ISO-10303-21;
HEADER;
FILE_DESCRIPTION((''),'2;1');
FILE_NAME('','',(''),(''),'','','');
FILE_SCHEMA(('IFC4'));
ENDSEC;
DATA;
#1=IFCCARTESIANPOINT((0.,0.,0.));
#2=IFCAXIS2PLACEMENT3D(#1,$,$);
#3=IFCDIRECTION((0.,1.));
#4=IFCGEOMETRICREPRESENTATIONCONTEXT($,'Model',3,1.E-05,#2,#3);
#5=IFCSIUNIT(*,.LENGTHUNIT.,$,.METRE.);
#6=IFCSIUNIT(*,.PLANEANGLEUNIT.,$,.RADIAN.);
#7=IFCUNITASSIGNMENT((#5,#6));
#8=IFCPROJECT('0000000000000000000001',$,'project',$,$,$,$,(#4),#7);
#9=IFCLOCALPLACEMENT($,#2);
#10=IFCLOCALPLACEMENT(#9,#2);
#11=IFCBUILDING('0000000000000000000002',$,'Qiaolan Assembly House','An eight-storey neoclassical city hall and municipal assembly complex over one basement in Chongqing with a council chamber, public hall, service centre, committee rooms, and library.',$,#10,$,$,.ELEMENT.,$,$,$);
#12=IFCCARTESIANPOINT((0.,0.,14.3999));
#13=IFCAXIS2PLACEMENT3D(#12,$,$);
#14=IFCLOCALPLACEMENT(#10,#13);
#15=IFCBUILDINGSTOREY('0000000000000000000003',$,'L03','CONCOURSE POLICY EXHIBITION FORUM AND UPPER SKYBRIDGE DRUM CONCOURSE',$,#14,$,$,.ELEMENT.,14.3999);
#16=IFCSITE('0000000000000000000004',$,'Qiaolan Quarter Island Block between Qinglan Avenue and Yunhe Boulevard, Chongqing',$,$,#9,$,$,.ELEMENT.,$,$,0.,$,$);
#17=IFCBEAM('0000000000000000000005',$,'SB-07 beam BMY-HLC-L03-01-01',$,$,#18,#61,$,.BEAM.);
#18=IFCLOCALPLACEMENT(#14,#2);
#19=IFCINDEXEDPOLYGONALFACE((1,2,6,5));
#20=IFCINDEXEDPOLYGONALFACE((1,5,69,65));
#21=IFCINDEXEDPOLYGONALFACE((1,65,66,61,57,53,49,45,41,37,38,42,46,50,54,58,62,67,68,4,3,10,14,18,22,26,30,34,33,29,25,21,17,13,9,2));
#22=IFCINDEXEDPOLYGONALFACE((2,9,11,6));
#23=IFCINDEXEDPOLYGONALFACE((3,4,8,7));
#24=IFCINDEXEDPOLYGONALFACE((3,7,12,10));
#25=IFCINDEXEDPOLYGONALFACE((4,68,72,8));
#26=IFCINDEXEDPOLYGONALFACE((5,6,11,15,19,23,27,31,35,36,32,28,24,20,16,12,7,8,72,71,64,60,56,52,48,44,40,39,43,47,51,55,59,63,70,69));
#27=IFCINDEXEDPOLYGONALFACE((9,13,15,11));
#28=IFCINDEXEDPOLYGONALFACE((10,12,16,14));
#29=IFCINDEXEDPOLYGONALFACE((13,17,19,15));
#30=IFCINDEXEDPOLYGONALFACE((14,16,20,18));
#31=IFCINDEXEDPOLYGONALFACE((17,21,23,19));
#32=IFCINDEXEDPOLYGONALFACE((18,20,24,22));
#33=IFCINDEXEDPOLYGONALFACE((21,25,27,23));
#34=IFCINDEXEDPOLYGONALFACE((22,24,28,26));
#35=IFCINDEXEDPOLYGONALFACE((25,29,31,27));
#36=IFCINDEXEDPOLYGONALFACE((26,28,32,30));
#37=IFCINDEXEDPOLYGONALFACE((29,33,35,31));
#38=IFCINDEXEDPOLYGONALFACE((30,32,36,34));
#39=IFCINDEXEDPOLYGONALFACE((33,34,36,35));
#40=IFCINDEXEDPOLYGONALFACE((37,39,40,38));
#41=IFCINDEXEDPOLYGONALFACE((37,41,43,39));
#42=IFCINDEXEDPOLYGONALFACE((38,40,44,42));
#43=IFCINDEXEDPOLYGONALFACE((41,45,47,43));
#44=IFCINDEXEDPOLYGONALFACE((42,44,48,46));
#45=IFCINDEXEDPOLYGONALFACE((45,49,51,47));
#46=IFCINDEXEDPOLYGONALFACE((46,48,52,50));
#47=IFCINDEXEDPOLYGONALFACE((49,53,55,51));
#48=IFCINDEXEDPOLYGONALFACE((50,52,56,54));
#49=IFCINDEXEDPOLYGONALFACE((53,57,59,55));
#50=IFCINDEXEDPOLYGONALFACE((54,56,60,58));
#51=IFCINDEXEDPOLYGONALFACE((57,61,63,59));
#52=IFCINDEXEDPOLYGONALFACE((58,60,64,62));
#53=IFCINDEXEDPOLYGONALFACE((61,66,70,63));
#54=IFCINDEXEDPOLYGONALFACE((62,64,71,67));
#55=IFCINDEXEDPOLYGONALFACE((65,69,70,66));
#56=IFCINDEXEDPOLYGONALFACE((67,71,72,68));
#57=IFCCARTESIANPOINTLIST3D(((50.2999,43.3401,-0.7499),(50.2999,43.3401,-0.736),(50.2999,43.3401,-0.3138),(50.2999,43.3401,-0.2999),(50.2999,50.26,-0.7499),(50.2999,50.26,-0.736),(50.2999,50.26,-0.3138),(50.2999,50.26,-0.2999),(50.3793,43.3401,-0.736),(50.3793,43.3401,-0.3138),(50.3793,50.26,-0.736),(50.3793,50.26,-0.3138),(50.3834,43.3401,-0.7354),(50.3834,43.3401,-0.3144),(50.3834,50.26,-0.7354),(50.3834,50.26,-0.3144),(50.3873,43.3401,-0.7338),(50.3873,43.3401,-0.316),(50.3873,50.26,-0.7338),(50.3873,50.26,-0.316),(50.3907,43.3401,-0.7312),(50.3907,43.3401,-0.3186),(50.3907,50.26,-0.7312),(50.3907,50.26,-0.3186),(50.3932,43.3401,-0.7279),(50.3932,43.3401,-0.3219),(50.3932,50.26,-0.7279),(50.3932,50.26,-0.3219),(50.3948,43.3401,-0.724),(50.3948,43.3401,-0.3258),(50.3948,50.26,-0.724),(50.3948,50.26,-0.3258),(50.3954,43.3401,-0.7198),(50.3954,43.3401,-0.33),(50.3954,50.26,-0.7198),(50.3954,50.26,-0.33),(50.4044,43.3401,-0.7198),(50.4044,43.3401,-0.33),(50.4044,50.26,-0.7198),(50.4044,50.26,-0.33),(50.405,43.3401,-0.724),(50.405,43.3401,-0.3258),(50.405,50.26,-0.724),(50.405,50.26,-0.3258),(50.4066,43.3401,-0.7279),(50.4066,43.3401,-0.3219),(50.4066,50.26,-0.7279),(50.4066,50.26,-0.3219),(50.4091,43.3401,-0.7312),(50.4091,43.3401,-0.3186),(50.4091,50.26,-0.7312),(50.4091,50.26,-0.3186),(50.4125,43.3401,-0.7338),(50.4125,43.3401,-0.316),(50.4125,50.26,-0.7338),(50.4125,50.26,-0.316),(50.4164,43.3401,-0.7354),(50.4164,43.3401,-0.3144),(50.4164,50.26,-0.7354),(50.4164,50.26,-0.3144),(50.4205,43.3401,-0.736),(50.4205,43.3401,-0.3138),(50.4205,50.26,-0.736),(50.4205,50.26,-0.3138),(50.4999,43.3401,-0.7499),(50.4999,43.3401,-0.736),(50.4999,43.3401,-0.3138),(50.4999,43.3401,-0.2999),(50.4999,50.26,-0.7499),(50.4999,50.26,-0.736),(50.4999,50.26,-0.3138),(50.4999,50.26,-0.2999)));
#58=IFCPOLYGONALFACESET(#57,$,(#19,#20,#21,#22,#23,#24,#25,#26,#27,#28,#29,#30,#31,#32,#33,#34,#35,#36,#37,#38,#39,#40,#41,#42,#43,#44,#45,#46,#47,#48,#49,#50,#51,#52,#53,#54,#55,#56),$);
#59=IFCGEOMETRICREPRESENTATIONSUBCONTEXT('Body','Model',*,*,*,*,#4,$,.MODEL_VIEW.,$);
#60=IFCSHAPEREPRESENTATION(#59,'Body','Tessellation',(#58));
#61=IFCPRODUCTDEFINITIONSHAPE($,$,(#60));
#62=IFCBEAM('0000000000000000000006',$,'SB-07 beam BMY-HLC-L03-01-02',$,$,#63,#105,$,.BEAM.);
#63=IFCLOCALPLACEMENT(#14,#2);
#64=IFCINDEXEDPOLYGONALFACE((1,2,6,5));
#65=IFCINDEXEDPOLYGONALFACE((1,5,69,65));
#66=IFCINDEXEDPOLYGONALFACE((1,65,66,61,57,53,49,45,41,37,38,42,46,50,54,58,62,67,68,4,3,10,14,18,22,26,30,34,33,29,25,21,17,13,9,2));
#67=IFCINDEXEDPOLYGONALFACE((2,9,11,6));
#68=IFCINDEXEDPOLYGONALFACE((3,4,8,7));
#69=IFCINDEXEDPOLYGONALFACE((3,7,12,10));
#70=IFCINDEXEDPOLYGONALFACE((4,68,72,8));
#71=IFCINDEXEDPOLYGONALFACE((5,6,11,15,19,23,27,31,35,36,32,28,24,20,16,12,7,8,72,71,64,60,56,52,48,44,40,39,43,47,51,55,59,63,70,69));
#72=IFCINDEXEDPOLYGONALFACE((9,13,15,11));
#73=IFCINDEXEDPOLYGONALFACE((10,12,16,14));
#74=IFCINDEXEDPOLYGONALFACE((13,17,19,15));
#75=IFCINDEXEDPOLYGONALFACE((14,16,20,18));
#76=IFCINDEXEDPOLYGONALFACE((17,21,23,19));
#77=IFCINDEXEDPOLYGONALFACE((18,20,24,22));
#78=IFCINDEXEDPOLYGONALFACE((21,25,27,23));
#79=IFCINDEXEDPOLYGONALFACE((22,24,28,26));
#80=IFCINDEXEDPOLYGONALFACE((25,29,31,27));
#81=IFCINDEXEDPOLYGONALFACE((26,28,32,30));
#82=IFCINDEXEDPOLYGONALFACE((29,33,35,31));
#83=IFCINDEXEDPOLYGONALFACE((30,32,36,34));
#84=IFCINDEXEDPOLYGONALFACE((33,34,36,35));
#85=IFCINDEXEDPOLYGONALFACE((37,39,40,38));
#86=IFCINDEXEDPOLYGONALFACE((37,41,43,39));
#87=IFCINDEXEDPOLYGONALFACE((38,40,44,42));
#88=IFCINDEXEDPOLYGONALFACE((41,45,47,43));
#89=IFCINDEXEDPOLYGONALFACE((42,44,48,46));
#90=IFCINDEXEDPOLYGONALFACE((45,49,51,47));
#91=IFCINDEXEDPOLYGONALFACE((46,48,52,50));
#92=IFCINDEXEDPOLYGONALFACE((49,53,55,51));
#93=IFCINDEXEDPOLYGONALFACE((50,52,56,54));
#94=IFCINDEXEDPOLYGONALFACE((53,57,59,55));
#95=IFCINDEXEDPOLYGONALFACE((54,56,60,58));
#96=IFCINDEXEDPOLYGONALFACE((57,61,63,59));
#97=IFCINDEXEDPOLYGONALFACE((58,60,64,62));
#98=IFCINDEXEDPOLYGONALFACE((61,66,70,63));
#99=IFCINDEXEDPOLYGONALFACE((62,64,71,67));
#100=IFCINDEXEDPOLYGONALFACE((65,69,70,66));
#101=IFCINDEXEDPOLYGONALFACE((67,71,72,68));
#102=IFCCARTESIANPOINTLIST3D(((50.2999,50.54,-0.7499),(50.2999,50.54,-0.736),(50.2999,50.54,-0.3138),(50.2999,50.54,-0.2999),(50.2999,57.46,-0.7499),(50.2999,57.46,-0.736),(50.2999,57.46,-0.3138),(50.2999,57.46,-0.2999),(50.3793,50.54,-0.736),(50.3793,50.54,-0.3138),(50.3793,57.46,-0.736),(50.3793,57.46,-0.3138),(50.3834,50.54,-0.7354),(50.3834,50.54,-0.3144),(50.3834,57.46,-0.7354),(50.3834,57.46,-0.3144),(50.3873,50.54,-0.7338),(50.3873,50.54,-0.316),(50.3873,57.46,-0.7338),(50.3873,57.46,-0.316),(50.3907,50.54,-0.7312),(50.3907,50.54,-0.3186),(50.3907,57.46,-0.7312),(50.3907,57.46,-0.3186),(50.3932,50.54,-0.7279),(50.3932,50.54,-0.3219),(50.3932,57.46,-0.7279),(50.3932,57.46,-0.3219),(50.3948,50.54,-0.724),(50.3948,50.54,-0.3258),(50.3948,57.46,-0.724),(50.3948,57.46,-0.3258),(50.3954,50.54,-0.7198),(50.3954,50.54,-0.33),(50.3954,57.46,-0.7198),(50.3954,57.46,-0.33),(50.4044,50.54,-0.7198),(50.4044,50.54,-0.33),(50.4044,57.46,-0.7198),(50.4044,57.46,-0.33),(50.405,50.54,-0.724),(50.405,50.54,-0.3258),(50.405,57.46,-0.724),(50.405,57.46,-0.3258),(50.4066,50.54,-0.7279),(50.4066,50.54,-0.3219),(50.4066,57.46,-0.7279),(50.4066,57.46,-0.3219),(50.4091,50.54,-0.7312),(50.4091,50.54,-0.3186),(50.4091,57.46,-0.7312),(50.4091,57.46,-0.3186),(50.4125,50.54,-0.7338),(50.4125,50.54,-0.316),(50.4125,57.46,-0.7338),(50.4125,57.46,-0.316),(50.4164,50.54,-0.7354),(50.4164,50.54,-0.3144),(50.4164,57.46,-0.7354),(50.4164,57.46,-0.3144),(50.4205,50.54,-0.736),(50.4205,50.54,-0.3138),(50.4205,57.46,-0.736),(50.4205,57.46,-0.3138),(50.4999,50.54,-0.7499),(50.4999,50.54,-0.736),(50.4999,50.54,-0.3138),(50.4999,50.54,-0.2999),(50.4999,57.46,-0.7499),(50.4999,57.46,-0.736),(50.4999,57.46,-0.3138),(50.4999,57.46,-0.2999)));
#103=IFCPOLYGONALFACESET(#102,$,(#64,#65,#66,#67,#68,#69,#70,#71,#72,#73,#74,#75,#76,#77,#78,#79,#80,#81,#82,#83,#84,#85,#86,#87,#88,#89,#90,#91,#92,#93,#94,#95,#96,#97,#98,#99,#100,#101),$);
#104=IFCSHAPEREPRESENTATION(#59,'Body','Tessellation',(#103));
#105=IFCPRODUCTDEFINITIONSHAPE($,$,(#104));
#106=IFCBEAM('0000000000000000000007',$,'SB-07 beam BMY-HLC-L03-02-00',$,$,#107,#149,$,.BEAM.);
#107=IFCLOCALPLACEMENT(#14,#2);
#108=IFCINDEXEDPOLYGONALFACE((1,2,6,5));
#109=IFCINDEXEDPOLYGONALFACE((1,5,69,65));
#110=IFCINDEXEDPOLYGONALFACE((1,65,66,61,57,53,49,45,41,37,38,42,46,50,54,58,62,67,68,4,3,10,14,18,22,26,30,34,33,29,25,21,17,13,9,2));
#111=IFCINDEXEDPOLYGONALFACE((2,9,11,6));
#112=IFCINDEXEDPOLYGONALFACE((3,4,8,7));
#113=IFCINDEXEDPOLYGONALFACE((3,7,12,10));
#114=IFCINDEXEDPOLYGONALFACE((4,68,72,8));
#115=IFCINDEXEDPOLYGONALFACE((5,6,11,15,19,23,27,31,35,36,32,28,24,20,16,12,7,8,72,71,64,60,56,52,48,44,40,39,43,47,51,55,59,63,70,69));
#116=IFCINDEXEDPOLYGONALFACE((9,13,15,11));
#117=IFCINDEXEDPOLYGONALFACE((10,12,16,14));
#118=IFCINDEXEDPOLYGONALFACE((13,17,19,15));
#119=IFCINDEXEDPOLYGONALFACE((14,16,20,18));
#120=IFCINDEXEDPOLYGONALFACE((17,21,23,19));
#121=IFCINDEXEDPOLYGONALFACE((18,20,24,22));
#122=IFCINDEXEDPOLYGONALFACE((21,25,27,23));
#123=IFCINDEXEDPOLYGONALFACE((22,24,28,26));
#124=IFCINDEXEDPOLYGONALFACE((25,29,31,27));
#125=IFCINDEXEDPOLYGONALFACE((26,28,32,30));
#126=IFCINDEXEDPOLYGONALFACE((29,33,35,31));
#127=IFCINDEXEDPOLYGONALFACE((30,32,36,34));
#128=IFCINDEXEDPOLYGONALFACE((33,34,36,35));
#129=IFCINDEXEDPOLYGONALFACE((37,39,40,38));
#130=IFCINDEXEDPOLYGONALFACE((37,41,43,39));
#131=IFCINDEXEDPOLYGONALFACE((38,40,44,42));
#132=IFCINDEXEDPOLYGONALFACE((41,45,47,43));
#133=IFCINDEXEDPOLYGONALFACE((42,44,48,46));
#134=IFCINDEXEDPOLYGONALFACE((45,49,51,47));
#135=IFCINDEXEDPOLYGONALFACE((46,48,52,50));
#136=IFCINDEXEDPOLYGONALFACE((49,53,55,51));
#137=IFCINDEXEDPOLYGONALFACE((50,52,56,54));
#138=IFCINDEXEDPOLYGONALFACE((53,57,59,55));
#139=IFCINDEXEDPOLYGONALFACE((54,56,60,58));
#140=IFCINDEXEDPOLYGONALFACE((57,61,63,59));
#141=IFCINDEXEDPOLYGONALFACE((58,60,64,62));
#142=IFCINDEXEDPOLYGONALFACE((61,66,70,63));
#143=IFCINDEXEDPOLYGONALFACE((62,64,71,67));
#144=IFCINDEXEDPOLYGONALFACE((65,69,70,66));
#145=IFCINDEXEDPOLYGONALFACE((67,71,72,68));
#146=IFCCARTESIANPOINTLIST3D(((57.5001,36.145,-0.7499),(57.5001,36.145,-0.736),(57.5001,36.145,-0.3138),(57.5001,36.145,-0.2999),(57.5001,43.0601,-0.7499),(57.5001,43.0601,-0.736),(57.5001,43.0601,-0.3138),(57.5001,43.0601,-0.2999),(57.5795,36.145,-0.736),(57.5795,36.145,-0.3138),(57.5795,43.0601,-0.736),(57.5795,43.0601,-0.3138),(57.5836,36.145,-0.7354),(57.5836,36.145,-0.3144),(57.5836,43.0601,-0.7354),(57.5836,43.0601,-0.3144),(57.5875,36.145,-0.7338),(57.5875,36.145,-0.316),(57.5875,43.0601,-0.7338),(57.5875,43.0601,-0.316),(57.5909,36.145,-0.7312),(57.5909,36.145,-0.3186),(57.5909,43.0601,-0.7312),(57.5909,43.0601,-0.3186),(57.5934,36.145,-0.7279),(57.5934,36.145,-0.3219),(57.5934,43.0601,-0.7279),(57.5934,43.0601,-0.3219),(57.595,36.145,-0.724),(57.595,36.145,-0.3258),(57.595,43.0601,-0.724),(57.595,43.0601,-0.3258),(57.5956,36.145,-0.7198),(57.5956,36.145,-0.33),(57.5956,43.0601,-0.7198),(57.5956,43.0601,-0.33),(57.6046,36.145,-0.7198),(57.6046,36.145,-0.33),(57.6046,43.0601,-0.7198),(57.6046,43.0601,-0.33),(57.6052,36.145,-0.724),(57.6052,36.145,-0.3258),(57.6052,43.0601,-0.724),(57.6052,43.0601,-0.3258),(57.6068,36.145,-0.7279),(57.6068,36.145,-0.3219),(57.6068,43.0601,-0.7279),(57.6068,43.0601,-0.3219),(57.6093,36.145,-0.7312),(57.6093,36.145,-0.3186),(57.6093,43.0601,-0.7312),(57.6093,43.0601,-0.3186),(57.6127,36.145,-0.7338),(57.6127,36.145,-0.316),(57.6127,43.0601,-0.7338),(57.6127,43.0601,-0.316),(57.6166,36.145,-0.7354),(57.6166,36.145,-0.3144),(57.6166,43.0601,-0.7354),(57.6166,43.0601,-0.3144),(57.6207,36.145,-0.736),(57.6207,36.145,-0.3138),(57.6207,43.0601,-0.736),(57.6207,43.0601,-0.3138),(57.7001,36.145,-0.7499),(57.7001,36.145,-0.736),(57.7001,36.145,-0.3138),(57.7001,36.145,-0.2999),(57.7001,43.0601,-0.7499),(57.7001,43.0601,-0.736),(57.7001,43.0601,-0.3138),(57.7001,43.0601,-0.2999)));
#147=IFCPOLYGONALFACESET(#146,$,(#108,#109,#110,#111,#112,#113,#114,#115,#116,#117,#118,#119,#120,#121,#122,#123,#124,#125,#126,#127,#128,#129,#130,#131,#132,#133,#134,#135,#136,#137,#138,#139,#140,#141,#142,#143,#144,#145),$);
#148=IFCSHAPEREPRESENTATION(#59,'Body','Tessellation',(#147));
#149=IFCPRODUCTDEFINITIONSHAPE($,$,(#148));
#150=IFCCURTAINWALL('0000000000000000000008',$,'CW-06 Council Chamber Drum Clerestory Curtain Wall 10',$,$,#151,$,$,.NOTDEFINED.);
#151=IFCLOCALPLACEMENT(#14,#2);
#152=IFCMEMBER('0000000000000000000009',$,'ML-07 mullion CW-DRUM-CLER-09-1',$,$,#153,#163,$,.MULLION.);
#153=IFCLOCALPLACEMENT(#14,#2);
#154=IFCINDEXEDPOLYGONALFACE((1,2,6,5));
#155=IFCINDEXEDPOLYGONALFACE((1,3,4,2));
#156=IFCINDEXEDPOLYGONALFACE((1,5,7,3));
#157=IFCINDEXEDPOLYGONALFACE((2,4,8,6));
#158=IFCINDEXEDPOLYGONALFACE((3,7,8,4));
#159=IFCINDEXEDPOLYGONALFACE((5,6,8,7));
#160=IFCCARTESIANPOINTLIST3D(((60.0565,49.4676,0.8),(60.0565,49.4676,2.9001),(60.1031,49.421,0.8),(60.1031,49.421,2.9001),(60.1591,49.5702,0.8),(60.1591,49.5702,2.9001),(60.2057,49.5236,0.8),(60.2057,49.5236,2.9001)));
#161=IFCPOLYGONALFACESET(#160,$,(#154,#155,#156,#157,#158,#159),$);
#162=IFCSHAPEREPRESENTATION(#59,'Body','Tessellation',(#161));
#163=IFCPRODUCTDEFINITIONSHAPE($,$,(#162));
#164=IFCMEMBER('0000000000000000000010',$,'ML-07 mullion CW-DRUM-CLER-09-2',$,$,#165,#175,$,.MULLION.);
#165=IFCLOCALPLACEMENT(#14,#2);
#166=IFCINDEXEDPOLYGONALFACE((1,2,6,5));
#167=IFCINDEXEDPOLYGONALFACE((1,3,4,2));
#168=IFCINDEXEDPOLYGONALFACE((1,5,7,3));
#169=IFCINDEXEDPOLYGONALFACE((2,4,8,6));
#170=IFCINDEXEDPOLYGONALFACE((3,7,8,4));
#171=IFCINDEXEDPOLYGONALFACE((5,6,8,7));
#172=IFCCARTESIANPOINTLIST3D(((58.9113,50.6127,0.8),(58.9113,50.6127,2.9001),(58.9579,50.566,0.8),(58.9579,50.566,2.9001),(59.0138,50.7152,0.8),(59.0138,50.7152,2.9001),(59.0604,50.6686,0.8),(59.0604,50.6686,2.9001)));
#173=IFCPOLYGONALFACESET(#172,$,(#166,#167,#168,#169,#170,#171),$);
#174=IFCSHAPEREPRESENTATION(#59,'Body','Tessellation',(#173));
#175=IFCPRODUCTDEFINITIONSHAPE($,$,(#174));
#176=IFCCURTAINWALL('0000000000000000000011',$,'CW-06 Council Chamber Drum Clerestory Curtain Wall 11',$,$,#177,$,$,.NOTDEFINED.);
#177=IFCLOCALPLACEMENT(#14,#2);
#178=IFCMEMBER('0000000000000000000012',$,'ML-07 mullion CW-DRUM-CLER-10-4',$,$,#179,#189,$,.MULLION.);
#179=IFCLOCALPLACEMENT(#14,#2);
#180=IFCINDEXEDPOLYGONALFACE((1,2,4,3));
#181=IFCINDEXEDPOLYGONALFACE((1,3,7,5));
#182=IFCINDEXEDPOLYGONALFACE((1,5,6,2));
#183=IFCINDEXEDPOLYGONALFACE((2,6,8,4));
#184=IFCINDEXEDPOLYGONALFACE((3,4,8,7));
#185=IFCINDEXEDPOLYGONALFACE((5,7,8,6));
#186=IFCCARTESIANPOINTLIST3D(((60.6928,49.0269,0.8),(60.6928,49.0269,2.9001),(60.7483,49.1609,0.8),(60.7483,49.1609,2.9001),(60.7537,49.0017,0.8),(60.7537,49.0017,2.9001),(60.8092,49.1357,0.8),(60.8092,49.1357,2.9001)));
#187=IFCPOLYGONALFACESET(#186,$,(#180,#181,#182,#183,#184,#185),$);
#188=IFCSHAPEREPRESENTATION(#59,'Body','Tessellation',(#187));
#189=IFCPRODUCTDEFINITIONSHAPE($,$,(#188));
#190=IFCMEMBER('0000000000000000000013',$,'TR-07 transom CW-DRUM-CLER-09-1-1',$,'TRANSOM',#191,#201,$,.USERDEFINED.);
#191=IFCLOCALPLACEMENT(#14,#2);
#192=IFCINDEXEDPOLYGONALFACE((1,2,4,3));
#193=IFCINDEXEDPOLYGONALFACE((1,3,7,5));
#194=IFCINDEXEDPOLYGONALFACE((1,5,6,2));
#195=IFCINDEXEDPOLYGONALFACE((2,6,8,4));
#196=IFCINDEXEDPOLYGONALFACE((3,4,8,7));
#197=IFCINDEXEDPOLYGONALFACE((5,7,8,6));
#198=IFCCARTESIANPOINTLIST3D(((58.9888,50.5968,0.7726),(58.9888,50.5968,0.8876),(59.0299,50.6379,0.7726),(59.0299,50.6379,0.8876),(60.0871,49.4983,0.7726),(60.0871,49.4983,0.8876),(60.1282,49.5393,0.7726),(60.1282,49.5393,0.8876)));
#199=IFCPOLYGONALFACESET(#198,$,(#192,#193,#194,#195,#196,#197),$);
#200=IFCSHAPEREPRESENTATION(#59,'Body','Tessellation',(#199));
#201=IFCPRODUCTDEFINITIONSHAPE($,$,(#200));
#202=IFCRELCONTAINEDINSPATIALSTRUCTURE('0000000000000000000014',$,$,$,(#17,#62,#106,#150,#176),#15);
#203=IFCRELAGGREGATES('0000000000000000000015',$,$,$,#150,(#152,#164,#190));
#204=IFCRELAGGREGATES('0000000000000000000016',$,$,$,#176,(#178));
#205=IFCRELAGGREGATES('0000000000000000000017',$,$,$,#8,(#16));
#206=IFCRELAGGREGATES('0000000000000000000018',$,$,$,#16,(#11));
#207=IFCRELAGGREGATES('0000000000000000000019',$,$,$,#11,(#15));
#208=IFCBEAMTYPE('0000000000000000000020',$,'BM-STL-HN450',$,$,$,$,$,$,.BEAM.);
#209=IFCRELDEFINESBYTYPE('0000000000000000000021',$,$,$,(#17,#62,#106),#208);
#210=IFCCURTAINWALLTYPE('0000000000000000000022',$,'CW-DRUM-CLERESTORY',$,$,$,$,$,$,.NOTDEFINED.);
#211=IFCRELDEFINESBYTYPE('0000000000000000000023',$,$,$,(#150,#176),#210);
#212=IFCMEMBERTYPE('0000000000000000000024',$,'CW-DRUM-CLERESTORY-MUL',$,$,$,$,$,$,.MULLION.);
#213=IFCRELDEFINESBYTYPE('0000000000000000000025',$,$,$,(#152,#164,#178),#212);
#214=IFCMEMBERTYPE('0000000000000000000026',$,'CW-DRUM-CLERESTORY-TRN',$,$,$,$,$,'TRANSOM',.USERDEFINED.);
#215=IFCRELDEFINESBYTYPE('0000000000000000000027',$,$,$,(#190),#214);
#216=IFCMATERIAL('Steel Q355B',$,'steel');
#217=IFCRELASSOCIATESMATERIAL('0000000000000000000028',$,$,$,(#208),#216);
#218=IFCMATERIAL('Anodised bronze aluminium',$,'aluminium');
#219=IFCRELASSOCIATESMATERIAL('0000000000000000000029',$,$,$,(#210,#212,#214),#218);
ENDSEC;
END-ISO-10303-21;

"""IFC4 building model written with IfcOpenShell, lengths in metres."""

from ifc_helpers import new_model, si_unit, direction, frame, origin, origin_2d, place, context, subcontext, project, spatial, rectangle, i_section, extrude, material, material_profile, profile_set, type_object, element, aggregate, save


model = new_model("IFC4")

# Units and contexts
model_context = context("Model", 3, precision=1e-05, world=origin(), true_north=direction((0.0, 1.0)))
body_context = subcontext(model_context, "Body", "Model", "MODEL_VIEW")
ifc_project = project(units=[si_unit("LENGTHUNIT", "METRE"), si_unit("PLANEANGLEUNIT", "RADIAN")], contexts=[model_context])

# Site, building, storey
site_placement = place(None, origin())
site = spatial("IfcSite", under=ifc_project, at=site_placement, Name="Qiaolan Quarter Island Block between Qinglan Avenue and Yunhe Boulevard, Chongqing", CompositionType="ELEMENT", RefElevation=0.0)
building_placement = place(site_placement, origin())
building = spatial("IfcBuilding", under=site, at=building_placement, Name="Qiaolan Assembly House", Description="An eight-storey neoclassical city hall and municipal assembly complex over one basement in Chongqing with a council chamber, public hall, service centre, committee rooms, and library.", CompositionType="ELEMENT")
storey_placement = place(building_placement, frame((0.0, 0.0, 14.3999)))
storey = spatial("IfcBuildingStorey", under=building, at=storey_placement, Name="L03", Description="CONCOURSE POLICY EXHIBITION FORUM AND UPPER SKYBRIDGE DRUM CONCOURSE", CompositionType="ELEMENT", Elevation=14.3999)

# Shared definitions
ifc_material_1 = material(Name="Steel Q355B", Category="steel")

# Beams
ifc_material_profile_1 = material_profile(ifc_material_1, i_section(OverallWidth=0.2, OverallDepth=0.45, WebThickness=0.009, FlangeThickness=0.0139, FilletRadius=0.0161, at=origin_2d()), Name="HN 450x200x9x14")
ifc_profile_set_1 = profile_set([ifc_material_profile_1], Name="Steel Q355B")
beam_type_1 = type_object("IfcBeamType", Name="BM-STL-HN450", PredefinedType="BEAM", material=ifc_profile_set_1)
for number, where, z_axis, x_axis, name in (
    (1, (50.3999, 43.3401, -0.5249), (0.0, 1.0, 0.0), (-1.0, 0.0, 0.0), "SB-07 beam BMY-HLC-L03-01-01"),
    (2, (50.3999, 50.54, -0.5249), (0.0, 1.0, 0.0), (-1.0, 0.0, 0.0), "SB-07 beam BMY-HLC-L03-01-02"),
):
    element("IfcBeam", number, at=place(storey_placement, frame(where, z_axis=z_axis, x_axis=x_axis)), inside=storey, type_object=beam_type_1, Name=name, PredefinedType="BEAM", context=body_context, shape_type="SweptSolid", body=[
        extrude(i_section(OverallWidth=0.2, OverallDepth=0.45, WebThickness=0.009, FlangeThickness=0.0139, FilletRadius=0.0161, at=origin_2d()), origin(), (0.0, 0.0, 1.0), 6.9199),
    ])
beam_1_placement = place(storey_placement, frame((57.6001, 36.145, -0.5249), z_axis=(0.0, 1.0, 0.0), x_axis=(-1.0, 0.0, 0.0)))
element("IfcBeam", 3, at=beam_1_placement, inside=storey, type_object=beam_type_1, Name="SB-07 beam BMY-HLC-L03-02-00", PredefinedType="BEAM", context=body_context, shape_type="SweptSolid", body=[
    extrude(i_section(OverallWidth=0.2, OverallDepth=0.45, WebThickness=0.009, FlangeThickness=0.0139, FilletRadius=0.0161, at=origin_2d()), origin(), (0.0, 0.0, 1.0), 6.915),
])

# Curtain wall, members
ifc_material_2 = material(Name="Anodised bronze aluminium", Category="aluminium")
curtain_wall_type_1 = type_object("IfcCurtainWallType", Name="CW-DRUM-CLERESTORY", PredefinedType="NOTDEFINED", material=ifc_material_2)
curtain_wall_1_placement = place(storey_placement, origin())
curtain_wall_1 = element("IfcCurtainWall", 4, at=curtain_wall_1_placement, inside=storey, type_object=curtain_wall_type_1, Name="CW-06 Council Chamber Drum Clerestory Curtain Wall 10", PredefinedType="NOTDEFINED")
ifc_material_profile_2 = material_profile(ifc_material_2, rectangle(XDim=0.0659, YDim=0.145, at=origin_2d()), Name="MUL 66x145")
ifc_profile_set_2 = profile_set([ifc_material_profile_2], Name="Anodised bronze aluminium")
member_type_1 = type_object("IfcMemberType", Name="CW-DRUM-CLERESTORY-MUL", PredefinedType="MULLION", material=ifc_profile_set_2)
member_1_placement = place(storey_placement, frame((60.1311, 49.4956, 0.8), z_axis=(0.0, 0.0, 1.0), x_axis=(-0.707107, 0.707107, 0.0)))
member_1 = element("IfcMember", 5, at=member_1_placement, type_object=member_type_1, Name="ML-07 mullion CW-DRUM-CLER-09-1", PredefinedType="MULLION", context=body_context, shape_type="SweptSolid", body=[
    extrude(rectangle(XDim=0.0659, YDim=0.145, at=origin_2d()), origin(), (0.0, 0.0, 1.0), 2.1001),
])
member_2_placement = place(storey_placement, frame((58.9858, 50.6406, 0.8), z_axis=(0.0, 0.0, 1.0), x_axis=(-0.707107, 0.707107, 0.0)))
member_2 = element("IfcMember", 6, at=member_2_placement, type_object=member_type_1, Name="ML-07 mullion CW-DRUM-CLER-09-2", PredefinedType="MULLION", context=body_context, shape_type="SweptSolid", body=[
    extrude(rectangle(XDim=0.0659, YDim=0.145, at=origin_2d()), origin(), (0.0, 0.0, 1.0), 2.1001),
])

# Curtain wall, member
curtain_wall_2_placement = place(storey_placement, origin())
curtain_wall_2 = element("IfcCurtainWall", 7, at=curtain_wall_2_placement, inside=storey, type_object=curtain_wall_type_1, Name="CW-06 Council Chamber Drum Clerestory Curtain Wall 11", PredefinedType="NOTDEFINED")
member_3_placement = place(storey_placement, frame((60.751, 49.0813, 0.8), z_axis=(0.0, 0.0, 1.0), x_axis=(-0.92388, 0.382683, 0.0)))
member_3 = element("IfcMember", 8, at=member_3_placement, type_object=member_type_1, Name="ML-07 mullion CW-DRUM-CLER-10-4", PredefinedType="MULLION", context=body_context, shape_type="SweptSolid", body=[
    extrude(rectangle(XDim=0.0659, YDim=0.145, at=origin_2d()), origin(), (0.0, 0.0, 1.0), 2.1001),
])

# Member
ifc_material_profile_3 = material_profile(ifc_material_2, rectangle(XDim=0.0581, YDim=0.115, at=origin_2d()), Name="TRN 58x115")
ifc_profile_set_3 = profile_set([ifc_material_profile_3], Name="Anodised bronze aluminium")
member_type_2 = type_object("IfcMemberType", Name="CW-DRUM-CLERESTORY-TRN", ElementType="TRANSOM", PredefinedType="USERDEFINED", material=ifc_profile_set_3)
member_4_placement = place(storey_placement, frame((60.1077, 49.5188, 0.8301), z_axis=(-0.707028, 0.707185, 0.0), x_axis=(-0.707185, -0.707028, 0.0)))
member_4 = element("IfcMember", 9, at=member_4_placement, type_object=member_type_2, Name="TR-07 transom CW-DRUM-CLER-09-1-1", ObjectType="TRANSOM", PredefinedType="USERDEFINED", context=body_context, shape_type="SweptSolid", body=[
    extrude(rectangle(XDim=0.0581, YDim=0.115, at=origin_2d()), origin(), (0.0, 0.0, 1.0), 1.5535),
])

aggregate(curtain_wall_1, [member_1, member_2, member_4])
aggregate(curtain_wall_2, [member_3])

save(model, "model.ifc")
